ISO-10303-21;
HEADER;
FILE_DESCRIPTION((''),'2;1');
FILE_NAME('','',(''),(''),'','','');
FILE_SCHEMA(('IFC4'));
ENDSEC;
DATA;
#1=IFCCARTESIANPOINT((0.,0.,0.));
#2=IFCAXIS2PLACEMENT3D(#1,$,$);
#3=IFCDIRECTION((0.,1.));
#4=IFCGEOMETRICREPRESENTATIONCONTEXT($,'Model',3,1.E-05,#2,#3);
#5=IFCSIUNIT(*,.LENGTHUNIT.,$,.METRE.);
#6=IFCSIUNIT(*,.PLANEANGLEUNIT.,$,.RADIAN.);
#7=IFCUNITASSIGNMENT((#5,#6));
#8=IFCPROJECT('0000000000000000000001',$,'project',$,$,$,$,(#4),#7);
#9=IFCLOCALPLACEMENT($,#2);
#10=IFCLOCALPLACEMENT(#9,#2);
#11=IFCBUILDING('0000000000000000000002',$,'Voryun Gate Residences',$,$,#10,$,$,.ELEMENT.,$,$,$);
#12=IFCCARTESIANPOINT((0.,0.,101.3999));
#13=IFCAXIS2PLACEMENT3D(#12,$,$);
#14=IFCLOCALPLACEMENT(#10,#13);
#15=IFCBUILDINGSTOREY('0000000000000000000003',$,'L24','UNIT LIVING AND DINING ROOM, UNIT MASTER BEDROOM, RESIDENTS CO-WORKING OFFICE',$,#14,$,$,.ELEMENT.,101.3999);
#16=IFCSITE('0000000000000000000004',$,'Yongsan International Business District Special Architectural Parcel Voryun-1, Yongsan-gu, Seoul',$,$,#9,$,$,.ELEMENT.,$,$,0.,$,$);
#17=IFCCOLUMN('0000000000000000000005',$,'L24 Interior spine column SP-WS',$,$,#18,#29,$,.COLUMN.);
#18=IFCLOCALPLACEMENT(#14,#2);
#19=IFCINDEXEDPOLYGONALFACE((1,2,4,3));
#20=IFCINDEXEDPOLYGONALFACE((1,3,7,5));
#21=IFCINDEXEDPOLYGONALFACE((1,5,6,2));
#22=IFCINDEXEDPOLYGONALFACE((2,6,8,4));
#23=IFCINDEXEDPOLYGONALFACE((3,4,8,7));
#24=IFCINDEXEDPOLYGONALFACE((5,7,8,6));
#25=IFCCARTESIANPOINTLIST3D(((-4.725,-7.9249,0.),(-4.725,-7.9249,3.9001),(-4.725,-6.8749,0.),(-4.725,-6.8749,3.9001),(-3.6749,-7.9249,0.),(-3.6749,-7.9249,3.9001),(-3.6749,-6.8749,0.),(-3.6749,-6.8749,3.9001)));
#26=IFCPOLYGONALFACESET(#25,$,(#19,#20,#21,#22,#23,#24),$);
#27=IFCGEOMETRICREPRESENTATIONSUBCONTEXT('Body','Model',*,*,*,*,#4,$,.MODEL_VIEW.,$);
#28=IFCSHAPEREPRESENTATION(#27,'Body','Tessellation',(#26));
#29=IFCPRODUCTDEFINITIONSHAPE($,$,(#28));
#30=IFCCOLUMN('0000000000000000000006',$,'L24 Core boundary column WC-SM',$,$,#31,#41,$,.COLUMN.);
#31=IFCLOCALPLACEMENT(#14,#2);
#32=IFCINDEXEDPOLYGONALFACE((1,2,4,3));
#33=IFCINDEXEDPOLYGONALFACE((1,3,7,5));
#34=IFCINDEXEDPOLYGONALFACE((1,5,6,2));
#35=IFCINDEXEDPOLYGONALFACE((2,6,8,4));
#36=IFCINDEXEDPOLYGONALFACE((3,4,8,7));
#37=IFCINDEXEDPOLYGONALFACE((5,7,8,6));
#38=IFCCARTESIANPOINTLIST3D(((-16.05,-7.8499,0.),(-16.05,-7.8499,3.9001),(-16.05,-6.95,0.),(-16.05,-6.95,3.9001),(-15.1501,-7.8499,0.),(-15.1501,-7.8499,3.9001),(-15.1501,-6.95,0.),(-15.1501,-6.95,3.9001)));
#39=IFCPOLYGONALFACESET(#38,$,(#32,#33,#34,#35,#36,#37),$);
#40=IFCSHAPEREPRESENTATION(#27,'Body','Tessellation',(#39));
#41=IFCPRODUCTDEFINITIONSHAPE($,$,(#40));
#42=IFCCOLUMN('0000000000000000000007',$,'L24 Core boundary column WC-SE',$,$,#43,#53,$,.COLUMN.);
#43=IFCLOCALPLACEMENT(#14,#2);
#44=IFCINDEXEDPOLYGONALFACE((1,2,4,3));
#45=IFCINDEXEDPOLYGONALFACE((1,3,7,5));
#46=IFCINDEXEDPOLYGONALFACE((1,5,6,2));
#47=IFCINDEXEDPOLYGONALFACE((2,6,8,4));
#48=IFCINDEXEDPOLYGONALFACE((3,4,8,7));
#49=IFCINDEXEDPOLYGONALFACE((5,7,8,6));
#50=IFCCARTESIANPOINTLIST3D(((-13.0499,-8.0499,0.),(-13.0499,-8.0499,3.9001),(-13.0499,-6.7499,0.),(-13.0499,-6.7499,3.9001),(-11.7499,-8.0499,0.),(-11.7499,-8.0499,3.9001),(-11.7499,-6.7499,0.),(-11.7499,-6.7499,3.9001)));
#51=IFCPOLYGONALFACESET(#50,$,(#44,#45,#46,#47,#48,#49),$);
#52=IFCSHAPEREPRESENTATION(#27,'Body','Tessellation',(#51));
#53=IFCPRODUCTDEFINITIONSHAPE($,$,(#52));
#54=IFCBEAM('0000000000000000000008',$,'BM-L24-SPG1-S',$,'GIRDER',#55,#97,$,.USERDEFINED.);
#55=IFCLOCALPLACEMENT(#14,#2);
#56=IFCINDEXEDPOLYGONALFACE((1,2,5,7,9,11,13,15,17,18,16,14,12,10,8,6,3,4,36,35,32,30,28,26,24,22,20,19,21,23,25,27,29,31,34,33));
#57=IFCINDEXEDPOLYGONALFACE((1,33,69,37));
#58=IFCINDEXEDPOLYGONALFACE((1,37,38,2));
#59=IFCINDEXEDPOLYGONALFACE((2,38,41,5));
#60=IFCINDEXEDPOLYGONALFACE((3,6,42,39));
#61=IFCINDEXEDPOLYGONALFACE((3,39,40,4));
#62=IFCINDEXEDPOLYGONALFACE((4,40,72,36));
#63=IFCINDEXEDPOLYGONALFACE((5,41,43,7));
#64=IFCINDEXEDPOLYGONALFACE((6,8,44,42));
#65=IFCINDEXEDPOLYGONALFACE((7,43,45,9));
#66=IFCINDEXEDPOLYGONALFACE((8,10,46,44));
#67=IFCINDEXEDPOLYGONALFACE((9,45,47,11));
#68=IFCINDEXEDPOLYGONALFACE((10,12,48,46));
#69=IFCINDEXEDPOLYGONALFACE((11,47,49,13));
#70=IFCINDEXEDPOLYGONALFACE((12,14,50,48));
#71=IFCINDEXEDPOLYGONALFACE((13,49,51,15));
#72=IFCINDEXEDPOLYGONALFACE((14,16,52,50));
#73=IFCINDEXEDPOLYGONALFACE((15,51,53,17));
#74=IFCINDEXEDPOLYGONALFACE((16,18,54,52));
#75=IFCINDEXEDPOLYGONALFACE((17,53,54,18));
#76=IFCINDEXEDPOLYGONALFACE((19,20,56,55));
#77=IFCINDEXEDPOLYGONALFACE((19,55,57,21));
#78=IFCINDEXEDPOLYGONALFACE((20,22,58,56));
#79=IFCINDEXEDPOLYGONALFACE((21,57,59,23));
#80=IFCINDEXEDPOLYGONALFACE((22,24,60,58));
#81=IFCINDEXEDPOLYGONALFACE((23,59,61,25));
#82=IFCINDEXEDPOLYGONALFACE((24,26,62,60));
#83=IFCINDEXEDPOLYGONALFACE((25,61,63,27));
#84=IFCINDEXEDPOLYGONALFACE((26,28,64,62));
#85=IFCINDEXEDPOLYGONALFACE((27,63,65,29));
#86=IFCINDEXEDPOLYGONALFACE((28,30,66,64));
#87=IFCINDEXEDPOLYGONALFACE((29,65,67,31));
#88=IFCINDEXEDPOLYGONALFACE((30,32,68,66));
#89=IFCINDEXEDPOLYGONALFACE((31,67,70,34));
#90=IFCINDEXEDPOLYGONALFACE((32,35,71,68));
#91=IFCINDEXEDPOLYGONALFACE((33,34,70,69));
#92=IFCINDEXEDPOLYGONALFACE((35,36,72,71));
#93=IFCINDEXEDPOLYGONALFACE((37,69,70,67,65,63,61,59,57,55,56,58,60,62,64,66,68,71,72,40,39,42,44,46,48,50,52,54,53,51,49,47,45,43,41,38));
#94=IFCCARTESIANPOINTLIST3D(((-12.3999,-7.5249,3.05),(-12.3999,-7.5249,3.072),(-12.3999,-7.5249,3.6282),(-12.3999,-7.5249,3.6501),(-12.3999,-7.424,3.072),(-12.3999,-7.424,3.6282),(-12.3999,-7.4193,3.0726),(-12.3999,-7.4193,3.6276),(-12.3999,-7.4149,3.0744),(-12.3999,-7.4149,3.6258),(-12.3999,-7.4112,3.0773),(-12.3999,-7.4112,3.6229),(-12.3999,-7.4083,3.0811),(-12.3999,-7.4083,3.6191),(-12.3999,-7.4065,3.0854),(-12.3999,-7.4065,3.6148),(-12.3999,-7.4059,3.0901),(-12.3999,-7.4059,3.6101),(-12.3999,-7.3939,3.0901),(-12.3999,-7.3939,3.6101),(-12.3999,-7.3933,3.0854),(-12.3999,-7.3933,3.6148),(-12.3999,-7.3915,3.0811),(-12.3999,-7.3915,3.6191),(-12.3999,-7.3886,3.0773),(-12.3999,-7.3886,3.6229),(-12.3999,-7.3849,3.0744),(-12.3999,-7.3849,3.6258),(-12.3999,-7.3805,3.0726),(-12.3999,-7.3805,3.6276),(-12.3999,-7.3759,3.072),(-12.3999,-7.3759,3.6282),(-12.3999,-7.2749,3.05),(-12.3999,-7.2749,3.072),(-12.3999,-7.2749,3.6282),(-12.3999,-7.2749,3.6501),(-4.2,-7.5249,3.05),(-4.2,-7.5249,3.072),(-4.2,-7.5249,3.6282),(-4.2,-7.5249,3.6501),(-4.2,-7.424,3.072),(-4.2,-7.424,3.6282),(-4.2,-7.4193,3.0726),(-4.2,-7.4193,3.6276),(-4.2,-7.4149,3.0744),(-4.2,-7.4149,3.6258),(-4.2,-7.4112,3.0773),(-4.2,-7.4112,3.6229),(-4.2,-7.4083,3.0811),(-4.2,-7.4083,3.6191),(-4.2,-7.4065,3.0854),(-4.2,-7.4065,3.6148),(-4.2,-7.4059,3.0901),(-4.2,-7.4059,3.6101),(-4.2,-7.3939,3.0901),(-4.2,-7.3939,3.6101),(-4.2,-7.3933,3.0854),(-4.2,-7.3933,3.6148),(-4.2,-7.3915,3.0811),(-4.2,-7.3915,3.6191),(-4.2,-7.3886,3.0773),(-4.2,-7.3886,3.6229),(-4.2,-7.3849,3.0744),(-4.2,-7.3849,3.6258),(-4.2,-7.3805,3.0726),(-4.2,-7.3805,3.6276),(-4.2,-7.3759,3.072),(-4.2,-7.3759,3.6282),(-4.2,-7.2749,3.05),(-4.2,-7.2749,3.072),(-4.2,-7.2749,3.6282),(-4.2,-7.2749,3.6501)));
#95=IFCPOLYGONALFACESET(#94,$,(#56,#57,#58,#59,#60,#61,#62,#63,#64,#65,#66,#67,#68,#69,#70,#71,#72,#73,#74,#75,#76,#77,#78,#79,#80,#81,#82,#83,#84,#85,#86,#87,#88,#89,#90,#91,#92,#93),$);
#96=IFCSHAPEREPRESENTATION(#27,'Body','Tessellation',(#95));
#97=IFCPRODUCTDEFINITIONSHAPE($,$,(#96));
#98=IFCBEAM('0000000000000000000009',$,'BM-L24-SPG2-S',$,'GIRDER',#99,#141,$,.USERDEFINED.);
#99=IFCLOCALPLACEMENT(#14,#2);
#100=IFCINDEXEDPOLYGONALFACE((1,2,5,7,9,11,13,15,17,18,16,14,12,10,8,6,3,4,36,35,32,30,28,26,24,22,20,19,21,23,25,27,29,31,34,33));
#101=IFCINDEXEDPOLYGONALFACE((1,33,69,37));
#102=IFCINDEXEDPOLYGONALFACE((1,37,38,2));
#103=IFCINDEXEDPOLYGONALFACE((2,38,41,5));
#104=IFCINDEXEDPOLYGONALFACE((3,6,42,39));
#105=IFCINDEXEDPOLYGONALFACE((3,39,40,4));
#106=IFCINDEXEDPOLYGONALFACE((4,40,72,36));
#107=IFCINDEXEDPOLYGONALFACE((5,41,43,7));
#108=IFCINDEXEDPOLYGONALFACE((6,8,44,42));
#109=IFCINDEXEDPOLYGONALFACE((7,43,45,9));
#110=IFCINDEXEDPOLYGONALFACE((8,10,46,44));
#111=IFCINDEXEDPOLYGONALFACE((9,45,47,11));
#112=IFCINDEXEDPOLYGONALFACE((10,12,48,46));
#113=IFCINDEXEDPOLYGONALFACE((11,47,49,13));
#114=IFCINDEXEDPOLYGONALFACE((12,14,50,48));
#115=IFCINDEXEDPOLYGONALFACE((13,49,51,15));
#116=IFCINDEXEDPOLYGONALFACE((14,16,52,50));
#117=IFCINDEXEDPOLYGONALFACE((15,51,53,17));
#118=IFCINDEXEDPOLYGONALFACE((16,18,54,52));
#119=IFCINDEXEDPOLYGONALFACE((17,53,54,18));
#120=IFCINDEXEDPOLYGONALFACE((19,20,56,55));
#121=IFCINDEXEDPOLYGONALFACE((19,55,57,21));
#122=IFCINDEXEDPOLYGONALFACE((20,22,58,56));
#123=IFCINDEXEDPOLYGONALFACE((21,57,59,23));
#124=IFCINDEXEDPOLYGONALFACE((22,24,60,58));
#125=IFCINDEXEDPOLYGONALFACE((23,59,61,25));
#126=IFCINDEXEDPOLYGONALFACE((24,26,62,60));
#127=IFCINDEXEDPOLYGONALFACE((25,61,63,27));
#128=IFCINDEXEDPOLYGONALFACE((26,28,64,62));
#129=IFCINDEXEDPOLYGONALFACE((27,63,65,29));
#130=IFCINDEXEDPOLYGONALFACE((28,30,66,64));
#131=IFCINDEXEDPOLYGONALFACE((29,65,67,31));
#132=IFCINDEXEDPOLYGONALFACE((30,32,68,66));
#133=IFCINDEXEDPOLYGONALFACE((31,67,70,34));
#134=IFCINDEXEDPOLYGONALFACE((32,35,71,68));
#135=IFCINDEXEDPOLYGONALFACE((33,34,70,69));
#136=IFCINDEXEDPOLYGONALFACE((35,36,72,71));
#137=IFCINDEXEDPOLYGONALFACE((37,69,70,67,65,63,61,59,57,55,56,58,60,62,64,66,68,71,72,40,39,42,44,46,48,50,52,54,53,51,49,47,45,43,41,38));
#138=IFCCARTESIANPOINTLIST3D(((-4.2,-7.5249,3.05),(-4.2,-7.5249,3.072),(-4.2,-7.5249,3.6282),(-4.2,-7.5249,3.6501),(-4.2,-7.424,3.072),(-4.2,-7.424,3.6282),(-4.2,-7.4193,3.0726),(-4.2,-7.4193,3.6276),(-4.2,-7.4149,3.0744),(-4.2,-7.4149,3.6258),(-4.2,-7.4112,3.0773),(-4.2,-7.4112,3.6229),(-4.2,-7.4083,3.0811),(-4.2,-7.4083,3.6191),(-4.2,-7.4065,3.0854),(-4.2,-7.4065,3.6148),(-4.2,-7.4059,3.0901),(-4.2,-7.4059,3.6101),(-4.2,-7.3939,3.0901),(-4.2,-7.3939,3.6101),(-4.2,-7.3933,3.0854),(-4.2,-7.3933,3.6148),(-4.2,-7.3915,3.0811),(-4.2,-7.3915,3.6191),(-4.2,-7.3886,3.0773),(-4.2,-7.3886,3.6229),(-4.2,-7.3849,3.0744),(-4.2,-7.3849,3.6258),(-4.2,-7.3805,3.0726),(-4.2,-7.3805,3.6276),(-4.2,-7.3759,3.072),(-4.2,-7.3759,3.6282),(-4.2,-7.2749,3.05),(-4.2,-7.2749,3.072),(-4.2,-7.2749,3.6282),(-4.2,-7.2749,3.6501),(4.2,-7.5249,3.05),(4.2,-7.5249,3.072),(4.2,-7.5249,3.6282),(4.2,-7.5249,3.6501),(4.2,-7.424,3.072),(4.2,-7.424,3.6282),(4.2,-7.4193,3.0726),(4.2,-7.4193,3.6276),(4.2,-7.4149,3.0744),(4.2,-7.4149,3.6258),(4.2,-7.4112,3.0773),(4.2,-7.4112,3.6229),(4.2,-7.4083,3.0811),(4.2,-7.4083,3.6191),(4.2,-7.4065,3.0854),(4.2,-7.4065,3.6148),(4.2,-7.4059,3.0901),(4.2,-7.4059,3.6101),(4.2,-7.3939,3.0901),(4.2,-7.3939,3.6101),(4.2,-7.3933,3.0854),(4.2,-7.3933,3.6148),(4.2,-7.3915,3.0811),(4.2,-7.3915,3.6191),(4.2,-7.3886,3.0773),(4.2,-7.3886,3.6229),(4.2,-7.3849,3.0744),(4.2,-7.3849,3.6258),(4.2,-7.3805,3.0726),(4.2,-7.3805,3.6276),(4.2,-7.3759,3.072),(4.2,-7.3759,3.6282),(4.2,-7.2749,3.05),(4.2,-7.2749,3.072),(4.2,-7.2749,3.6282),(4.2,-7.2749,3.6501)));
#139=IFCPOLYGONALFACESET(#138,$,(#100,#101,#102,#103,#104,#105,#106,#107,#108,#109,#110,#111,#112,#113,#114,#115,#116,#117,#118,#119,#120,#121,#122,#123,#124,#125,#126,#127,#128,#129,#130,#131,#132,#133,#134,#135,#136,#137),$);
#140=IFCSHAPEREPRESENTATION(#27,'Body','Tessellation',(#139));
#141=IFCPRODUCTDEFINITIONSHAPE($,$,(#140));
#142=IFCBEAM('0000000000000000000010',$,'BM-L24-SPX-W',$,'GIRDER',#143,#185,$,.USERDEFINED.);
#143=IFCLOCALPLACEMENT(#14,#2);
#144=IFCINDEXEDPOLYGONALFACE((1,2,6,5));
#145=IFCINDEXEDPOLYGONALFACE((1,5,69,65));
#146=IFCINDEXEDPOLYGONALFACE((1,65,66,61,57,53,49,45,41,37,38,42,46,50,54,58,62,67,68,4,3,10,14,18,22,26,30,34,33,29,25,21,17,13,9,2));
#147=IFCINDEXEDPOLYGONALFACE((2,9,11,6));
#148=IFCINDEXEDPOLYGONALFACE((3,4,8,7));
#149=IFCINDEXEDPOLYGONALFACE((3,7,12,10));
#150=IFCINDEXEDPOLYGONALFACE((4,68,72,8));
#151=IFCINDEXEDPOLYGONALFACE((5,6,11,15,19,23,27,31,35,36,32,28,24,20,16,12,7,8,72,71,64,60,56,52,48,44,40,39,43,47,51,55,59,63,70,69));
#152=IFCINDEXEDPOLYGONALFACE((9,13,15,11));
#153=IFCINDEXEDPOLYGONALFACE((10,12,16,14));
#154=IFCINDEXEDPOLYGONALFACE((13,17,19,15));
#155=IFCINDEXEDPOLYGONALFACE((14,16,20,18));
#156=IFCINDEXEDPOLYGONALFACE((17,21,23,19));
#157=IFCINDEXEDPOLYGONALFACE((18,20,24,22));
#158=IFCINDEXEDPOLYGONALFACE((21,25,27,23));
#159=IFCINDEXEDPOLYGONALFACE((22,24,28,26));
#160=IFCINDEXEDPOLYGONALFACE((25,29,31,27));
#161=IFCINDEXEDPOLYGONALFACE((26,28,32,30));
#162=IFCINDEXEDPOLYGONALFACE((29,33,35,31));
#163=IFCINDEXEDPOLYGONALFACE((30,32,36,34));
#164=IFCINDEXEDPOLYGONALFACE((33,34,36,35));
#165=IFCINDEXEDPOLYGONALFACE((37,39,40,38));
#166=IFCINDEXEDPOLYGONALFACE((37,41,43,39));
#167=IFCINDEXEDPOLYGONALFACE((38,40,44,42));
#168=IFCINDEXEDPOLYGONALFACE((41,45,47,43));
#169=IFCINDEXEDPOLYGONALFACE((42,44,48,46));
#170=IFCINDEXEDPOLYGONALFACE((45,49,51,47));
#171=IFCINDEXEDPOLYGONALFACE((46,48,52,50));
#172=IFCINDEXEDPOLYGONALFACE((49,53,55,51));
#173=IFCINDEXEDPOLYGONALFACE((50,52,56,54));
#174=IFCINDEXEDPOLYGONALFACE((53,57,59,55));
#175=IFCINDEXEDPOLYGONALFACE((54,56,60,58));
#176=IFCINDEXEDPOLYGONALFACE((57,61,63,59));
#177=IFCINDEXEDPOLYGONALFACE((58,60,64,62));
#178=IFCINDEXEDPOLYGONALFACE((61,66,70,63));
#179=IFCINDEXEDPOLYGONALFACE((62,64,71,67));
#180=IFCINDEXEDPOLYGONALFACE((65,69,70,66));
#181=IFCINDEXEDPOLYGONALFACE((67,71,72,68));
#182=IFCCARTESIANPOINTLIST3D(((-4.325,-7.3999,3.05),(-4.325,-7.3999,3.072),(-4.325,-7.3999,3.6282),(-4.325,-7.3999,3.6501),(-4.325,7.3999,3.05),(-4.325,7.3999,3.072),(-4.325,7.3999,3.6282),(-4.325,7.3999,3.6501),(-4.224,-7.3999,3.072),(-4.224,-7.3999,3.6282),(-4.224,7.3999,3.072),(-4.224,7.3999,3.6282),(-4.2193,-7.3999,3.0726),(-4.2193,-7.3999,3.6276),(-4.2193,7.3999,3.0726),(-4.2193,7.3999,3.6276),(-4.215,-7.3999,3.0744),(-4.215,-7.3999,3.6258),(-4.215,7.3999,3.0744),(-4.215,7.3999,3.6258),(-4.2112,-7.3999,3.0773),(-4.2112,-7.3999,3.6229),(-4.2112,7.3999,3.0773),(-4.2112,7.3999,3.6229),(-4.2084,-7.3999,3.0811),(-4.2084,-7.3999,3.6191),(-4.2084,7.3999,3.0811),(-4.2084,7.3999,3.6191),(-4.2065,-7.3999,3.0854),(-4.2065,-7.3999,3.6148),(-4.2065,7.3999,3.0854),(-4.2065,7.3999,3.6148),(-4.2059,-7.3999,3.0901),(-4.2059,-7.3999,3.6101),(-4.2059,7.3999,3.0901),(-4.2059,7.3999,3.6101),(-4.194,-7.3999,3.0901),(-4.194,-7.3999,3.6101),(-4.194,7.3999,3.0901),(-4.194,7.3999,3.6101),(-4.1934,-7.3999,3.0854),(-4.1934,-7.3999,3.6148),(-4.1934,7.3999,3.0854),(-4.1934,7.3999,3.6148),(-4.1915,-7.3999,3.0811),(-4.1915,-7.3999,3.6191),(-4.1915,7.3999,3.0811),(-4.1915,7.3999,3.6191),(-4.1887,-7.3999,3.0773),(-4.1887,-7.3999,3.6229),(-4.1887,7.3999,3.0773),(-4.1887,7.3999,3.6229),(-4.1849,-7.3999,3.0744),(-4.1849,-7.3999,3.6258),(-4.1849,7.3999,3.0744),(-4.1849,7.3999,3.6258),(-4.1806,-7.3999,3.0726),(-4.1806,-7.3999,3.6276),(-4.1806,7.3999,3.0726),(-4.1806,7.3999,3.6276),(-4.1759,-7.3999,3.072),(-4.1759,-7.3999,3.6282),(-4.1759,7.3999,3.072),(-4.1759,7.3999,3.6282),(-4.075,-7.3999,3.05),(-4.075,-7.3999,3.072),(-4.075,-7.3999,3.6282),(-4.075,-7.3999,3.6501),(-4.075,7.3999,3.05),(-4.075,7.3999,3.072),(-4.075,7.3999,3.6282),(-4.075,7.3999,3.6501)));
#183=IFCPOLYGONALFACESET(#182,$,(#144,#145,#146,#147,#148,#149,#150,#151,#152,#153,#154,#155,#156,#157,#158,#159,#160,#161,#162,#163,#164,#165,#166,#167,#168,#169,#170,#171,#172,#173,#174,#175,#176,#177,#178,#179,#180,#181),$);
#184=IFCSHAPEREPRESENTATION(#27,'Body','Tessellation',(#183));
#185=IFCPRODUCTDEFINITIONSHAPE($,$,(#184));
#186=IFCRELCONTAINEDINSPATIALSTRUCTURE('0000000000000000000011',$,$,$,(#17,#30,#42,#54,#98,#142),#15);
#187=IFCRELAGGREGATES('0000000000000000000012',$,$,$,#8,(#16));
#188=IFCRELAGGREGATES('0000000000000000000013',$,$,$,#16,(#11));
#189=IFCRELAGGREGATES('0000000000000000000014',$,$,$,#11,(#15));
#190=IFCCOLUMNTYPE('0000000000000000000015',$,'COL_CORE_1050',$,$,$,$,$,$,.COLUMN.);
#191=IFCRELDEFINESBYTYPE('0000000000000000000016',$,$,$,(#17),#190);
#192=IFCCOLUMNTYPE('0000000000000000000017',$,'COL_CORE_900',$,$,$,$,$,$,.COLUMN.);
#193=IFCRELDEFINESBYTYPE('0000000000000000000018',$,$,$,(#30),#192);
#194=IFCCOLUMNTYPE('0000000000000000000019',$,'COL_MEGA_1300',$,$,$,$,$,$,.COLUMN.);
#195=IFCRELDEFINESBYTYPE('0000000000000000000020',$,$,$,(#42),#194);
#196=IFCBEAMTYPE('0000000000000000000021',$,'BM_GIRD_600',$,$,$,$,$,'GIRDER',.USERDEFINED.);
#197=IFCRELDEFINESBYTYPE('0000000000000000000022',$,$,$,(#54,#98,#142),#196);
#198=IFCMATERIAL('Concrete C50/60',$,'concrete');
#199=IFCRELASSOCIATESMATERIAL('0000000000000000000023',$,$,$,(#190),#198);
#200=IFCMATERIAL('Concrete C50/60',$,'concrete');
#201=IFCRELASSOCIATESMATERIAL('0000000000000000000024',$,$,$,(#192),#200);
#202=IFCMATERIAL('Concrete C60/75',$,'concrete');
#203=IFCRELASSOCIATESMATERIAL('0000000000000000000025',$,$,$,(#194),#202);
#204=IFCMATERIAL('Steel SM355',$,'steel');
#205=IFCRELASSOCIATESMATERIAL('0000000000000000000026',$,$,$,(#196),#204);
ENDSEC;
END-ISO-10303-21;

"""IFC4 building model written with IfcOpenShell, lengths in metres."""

from ifc_helpers import new_model, si_unit, direction, frame, origin, origin_2d, place, context, subcontext, project, spatial, rectangle, i_section, extrude, material, material_profile, profile_set, type_object, element, save


model = new_model("IFC4")

# Units and contexts
model_context = context("Model", 3, precision=1e-05, world=origin(), true_north=direction((0.0, 1.0)))
body_context = subcontext(model_context, "Body", "Model", "MODEL_VIEW")
ifc_project = project(units=[si_unit("LENGTHUNIT", "METRE"), si_unit("PLANEANGLEUNIT", "RADIAN")], contexts=[model_context])

# Site, building, storey
site_placement = place(None, origin())
site = spatial("IfcSite", under=ifc_project, at=site_placement, Name="Yongsan International Business District Special Architectural Parcel Voryun-1, Yongsan-gu, Seoul", CompositionType="ELEMENT", RefElevation=0.0)
building_placement = place(site_placement, origin())
building = spatial("IfcBuilding", under=site, at=building_placement, Name="Voryun Gate Residences", CompositionType="ELEMENT")
storey_placement = place(building_placement, frame((0.0, 0.0, 101.3999)))
storey = spatial("IfcBuildingStorey", under=building, at=storey_placement, Name="L24", Description="UNIT LIVING AND DINING ROOM, UNIT MASTER BEDROOM, RESIDENTS CO-WORKING OFFICE", CompositionType="ELEMENT", Elevation=101.3999)

# Columns
ifc_material_1 = material(Name="Concrete C50/60", Category="concrete")
ifc_material_profile_1 = material_profile(ifc_material_1, rectangle(XDim=1.05, YDim=1.05, at=origin_2d()), Name="RC-1050x1050")
ifc_profile_set_1 = profile_set([ifc_material_profile_1], Name="Concrete C50/60")
column_type_1 = type_object("IfcColumnType", Name="COL_CORE_1050", PredefinedType="COLUMN", material=ifc_profile_set_1)
column_1_placement = place(storey_placement, frame((-4.2, -7.3999, 0.0), z_axis=(0.0, 0.0, 1.0), x_axis=(1.0, 0.0, 0.0)))
element("IfcColumn", 1, at=column_1_placement, inside=storey, type_object=column_type_1, Name="L24 Interior spine column SP-WS", PredefinedType="COLUMN", context=body_context, shape_type="SweptSolid", body=[
    extrude(rectangle(XDim=1.05, YDim=1.05, at=origin_2d()), origin(), (0.0, 0.0, 1.0), 3.9001),
])
ifc_material_2 = material(Name="Concrete C50/60", Category="concrete")
ifc_material_profile_2 = material_profile(ifc_material_2, rectangle(XDim=0.8999, YDim=0.8999, at=origin_2d()), Name="RC-900x900")
ifc_profile_set_2 = profile_set([ifc_material_profile_2], Name="Concrete C50/60")
column_type_2 = type_object("IfcColumnType", Name="COL_CORE_900", PredefinedType="COLUMN", material=ifc_profile_set_2)
column_2_placement = place(storey_placement, frame((-15.6001, -7.3999, 0.0), z_axis=(0.0, 0.0, 1.0), x_axis=(1.0, 0.0, 0.0)))
element("IfcColumn", 2, at=column_2_placement, inside=storey, type_object=column_type_2, Name="L24 Core boundary column WC-SM", PredefinedType="COLUMN", context=body_context, shape_type="SweptSolid", body=[
    extrude(rectangle(XDim=0.8999, YDim=0.8999, at=origin_2d()), origin(), (0.0, 0.0, 1.0), 3.9001),
])
ifc_material_3 = material(Name="Concrete C60/75", Category="concrete")
ifc_material_profile_3 = material_profile(ifc_material_3, rectangle(XDim=1.3, YDim=1.3, at=origin_2d()), Name="RC-1300x1300")
ifc_profile_set_3 = profile_set([ifc_material_profile_3], Name="Concrete C60/75")
column_type_3 = type_object("IfcColumnType", Name="COL_MEGA_1300", PredefinedType="COLUMN", material=ifc_profile_set_3)
column_3_placement = place(storey_placement, frame((-12.3999, -7.3999, 0.0), z_axis=(0.0, 0.0, 1.0), x_axis=(1.0, 0.0, 0.0)))
element("IfcColumn", 3, at=column_3_placement, inside=storey, type_object=column_type_3, Name="L24 Core boundary column WC-SE", PredefinedType="COLUMN", context=body_context, shape_type="SweptSolid", body=[
    extrude(rectangle(XDim=1.3, YDim=1.3, at=origin_2d()), origin(), (0.0, 0.0, 1.0), 3.9001),
])

# Beams
ifc_material_4 = material(Name="Steel SM355", Category="steel")
ifc_material_profile_4 = material_profile(ifc_material_4, i_section(OverallWidth=0.25, OverallDepth=0.6001, WebThickness=0.012, FlangeThickness=0.022, FilletRadius=0.0181, at=origin_2d()), Name="H-600x250x12x22")
ifc_profile_set_4 = profile_set([ifc_material_profile_4], Name="Steel SM355")
beam_type_1 = type_object("IfcBeamType", Name="BM_GIRD_600", ElementType="GIRDER", PredefinedType="USERDEFINED", material=ifc_profile_set_4)
beam_1_placement = place(storey_placement, frame((-12.3999, -7.3999, 3.3501), z_axis=(1.0, 0.0, 0.0), x_axis=(0.0, 1.0, 0.0)))
element("IfcBeam", 4, at=beam_1_placement, inside=storey, type_object=beam_type_1, Name="BM-L24-SPG1-S", ObjectType="GIRDER", PredefinedType="USERDEFINED", context=body_context, shape_type="SweptSolid", body=[
    extrude(i_section(OverallWidth=0.25, OverallDepth=0.6001, WebThickness=0.012, FlangeThickness=0.022, FilletRadius=0.0181, at=origin_2d()), origin(), (0.0, 0.0, 1.0), 8.2),
])
beam_2_placement = place(storey_placement, frame((-4.2, -7.3999, 3.3501), z_axis=(1.0, 0.0, 0.0), x_axis=(0.0, 1.0, 0.0)))
element("IfcBeam", 5, at=beam_2_placement, inside=storey, type_object=beam_type_1, Name="BM-L24-SPG2-S", ObjectType="GIRDER", PredefinedType="USERDEFINED", context=body_context, shape_type="SweptSolid", body=[
    extrude(i_section(OverallWidth=0.25, OverallDepth=0.6001, WebThickness=0.012, FlangeThickness=0.022, FilletRadius=0.0181, at=origin_2d()), origin(), (0.0, 0.0, 1.0), 8.3999),
])
beam_3_placement = place(storey_placement, frame((-4.2, -7.3999, 3.3501), z_axis=(0.0, 1.0, 0.0), x_axis=(-1.0, 0.0, 0.0)))
element("IfcBeam", 6, at=beam_3_placement, inside=storey, type_object=beam_type_1, Name="BM-L24-SPX-W", ObjectType="GIRDER", PredefinedType="USERDEFINED", context=body_context, shape_type="SweptSolid", body=[
    extrude(i_section(OverallWidth=0.25, OverallDepth=0.6001, WebThickness=0.012, FlangeThickness=0.022, FilletRadius=0.0181, at=origin_2d()), origin(), (0.0, 0.0, 1.0), 14.7998),
])

save(model, "model.ifc")
